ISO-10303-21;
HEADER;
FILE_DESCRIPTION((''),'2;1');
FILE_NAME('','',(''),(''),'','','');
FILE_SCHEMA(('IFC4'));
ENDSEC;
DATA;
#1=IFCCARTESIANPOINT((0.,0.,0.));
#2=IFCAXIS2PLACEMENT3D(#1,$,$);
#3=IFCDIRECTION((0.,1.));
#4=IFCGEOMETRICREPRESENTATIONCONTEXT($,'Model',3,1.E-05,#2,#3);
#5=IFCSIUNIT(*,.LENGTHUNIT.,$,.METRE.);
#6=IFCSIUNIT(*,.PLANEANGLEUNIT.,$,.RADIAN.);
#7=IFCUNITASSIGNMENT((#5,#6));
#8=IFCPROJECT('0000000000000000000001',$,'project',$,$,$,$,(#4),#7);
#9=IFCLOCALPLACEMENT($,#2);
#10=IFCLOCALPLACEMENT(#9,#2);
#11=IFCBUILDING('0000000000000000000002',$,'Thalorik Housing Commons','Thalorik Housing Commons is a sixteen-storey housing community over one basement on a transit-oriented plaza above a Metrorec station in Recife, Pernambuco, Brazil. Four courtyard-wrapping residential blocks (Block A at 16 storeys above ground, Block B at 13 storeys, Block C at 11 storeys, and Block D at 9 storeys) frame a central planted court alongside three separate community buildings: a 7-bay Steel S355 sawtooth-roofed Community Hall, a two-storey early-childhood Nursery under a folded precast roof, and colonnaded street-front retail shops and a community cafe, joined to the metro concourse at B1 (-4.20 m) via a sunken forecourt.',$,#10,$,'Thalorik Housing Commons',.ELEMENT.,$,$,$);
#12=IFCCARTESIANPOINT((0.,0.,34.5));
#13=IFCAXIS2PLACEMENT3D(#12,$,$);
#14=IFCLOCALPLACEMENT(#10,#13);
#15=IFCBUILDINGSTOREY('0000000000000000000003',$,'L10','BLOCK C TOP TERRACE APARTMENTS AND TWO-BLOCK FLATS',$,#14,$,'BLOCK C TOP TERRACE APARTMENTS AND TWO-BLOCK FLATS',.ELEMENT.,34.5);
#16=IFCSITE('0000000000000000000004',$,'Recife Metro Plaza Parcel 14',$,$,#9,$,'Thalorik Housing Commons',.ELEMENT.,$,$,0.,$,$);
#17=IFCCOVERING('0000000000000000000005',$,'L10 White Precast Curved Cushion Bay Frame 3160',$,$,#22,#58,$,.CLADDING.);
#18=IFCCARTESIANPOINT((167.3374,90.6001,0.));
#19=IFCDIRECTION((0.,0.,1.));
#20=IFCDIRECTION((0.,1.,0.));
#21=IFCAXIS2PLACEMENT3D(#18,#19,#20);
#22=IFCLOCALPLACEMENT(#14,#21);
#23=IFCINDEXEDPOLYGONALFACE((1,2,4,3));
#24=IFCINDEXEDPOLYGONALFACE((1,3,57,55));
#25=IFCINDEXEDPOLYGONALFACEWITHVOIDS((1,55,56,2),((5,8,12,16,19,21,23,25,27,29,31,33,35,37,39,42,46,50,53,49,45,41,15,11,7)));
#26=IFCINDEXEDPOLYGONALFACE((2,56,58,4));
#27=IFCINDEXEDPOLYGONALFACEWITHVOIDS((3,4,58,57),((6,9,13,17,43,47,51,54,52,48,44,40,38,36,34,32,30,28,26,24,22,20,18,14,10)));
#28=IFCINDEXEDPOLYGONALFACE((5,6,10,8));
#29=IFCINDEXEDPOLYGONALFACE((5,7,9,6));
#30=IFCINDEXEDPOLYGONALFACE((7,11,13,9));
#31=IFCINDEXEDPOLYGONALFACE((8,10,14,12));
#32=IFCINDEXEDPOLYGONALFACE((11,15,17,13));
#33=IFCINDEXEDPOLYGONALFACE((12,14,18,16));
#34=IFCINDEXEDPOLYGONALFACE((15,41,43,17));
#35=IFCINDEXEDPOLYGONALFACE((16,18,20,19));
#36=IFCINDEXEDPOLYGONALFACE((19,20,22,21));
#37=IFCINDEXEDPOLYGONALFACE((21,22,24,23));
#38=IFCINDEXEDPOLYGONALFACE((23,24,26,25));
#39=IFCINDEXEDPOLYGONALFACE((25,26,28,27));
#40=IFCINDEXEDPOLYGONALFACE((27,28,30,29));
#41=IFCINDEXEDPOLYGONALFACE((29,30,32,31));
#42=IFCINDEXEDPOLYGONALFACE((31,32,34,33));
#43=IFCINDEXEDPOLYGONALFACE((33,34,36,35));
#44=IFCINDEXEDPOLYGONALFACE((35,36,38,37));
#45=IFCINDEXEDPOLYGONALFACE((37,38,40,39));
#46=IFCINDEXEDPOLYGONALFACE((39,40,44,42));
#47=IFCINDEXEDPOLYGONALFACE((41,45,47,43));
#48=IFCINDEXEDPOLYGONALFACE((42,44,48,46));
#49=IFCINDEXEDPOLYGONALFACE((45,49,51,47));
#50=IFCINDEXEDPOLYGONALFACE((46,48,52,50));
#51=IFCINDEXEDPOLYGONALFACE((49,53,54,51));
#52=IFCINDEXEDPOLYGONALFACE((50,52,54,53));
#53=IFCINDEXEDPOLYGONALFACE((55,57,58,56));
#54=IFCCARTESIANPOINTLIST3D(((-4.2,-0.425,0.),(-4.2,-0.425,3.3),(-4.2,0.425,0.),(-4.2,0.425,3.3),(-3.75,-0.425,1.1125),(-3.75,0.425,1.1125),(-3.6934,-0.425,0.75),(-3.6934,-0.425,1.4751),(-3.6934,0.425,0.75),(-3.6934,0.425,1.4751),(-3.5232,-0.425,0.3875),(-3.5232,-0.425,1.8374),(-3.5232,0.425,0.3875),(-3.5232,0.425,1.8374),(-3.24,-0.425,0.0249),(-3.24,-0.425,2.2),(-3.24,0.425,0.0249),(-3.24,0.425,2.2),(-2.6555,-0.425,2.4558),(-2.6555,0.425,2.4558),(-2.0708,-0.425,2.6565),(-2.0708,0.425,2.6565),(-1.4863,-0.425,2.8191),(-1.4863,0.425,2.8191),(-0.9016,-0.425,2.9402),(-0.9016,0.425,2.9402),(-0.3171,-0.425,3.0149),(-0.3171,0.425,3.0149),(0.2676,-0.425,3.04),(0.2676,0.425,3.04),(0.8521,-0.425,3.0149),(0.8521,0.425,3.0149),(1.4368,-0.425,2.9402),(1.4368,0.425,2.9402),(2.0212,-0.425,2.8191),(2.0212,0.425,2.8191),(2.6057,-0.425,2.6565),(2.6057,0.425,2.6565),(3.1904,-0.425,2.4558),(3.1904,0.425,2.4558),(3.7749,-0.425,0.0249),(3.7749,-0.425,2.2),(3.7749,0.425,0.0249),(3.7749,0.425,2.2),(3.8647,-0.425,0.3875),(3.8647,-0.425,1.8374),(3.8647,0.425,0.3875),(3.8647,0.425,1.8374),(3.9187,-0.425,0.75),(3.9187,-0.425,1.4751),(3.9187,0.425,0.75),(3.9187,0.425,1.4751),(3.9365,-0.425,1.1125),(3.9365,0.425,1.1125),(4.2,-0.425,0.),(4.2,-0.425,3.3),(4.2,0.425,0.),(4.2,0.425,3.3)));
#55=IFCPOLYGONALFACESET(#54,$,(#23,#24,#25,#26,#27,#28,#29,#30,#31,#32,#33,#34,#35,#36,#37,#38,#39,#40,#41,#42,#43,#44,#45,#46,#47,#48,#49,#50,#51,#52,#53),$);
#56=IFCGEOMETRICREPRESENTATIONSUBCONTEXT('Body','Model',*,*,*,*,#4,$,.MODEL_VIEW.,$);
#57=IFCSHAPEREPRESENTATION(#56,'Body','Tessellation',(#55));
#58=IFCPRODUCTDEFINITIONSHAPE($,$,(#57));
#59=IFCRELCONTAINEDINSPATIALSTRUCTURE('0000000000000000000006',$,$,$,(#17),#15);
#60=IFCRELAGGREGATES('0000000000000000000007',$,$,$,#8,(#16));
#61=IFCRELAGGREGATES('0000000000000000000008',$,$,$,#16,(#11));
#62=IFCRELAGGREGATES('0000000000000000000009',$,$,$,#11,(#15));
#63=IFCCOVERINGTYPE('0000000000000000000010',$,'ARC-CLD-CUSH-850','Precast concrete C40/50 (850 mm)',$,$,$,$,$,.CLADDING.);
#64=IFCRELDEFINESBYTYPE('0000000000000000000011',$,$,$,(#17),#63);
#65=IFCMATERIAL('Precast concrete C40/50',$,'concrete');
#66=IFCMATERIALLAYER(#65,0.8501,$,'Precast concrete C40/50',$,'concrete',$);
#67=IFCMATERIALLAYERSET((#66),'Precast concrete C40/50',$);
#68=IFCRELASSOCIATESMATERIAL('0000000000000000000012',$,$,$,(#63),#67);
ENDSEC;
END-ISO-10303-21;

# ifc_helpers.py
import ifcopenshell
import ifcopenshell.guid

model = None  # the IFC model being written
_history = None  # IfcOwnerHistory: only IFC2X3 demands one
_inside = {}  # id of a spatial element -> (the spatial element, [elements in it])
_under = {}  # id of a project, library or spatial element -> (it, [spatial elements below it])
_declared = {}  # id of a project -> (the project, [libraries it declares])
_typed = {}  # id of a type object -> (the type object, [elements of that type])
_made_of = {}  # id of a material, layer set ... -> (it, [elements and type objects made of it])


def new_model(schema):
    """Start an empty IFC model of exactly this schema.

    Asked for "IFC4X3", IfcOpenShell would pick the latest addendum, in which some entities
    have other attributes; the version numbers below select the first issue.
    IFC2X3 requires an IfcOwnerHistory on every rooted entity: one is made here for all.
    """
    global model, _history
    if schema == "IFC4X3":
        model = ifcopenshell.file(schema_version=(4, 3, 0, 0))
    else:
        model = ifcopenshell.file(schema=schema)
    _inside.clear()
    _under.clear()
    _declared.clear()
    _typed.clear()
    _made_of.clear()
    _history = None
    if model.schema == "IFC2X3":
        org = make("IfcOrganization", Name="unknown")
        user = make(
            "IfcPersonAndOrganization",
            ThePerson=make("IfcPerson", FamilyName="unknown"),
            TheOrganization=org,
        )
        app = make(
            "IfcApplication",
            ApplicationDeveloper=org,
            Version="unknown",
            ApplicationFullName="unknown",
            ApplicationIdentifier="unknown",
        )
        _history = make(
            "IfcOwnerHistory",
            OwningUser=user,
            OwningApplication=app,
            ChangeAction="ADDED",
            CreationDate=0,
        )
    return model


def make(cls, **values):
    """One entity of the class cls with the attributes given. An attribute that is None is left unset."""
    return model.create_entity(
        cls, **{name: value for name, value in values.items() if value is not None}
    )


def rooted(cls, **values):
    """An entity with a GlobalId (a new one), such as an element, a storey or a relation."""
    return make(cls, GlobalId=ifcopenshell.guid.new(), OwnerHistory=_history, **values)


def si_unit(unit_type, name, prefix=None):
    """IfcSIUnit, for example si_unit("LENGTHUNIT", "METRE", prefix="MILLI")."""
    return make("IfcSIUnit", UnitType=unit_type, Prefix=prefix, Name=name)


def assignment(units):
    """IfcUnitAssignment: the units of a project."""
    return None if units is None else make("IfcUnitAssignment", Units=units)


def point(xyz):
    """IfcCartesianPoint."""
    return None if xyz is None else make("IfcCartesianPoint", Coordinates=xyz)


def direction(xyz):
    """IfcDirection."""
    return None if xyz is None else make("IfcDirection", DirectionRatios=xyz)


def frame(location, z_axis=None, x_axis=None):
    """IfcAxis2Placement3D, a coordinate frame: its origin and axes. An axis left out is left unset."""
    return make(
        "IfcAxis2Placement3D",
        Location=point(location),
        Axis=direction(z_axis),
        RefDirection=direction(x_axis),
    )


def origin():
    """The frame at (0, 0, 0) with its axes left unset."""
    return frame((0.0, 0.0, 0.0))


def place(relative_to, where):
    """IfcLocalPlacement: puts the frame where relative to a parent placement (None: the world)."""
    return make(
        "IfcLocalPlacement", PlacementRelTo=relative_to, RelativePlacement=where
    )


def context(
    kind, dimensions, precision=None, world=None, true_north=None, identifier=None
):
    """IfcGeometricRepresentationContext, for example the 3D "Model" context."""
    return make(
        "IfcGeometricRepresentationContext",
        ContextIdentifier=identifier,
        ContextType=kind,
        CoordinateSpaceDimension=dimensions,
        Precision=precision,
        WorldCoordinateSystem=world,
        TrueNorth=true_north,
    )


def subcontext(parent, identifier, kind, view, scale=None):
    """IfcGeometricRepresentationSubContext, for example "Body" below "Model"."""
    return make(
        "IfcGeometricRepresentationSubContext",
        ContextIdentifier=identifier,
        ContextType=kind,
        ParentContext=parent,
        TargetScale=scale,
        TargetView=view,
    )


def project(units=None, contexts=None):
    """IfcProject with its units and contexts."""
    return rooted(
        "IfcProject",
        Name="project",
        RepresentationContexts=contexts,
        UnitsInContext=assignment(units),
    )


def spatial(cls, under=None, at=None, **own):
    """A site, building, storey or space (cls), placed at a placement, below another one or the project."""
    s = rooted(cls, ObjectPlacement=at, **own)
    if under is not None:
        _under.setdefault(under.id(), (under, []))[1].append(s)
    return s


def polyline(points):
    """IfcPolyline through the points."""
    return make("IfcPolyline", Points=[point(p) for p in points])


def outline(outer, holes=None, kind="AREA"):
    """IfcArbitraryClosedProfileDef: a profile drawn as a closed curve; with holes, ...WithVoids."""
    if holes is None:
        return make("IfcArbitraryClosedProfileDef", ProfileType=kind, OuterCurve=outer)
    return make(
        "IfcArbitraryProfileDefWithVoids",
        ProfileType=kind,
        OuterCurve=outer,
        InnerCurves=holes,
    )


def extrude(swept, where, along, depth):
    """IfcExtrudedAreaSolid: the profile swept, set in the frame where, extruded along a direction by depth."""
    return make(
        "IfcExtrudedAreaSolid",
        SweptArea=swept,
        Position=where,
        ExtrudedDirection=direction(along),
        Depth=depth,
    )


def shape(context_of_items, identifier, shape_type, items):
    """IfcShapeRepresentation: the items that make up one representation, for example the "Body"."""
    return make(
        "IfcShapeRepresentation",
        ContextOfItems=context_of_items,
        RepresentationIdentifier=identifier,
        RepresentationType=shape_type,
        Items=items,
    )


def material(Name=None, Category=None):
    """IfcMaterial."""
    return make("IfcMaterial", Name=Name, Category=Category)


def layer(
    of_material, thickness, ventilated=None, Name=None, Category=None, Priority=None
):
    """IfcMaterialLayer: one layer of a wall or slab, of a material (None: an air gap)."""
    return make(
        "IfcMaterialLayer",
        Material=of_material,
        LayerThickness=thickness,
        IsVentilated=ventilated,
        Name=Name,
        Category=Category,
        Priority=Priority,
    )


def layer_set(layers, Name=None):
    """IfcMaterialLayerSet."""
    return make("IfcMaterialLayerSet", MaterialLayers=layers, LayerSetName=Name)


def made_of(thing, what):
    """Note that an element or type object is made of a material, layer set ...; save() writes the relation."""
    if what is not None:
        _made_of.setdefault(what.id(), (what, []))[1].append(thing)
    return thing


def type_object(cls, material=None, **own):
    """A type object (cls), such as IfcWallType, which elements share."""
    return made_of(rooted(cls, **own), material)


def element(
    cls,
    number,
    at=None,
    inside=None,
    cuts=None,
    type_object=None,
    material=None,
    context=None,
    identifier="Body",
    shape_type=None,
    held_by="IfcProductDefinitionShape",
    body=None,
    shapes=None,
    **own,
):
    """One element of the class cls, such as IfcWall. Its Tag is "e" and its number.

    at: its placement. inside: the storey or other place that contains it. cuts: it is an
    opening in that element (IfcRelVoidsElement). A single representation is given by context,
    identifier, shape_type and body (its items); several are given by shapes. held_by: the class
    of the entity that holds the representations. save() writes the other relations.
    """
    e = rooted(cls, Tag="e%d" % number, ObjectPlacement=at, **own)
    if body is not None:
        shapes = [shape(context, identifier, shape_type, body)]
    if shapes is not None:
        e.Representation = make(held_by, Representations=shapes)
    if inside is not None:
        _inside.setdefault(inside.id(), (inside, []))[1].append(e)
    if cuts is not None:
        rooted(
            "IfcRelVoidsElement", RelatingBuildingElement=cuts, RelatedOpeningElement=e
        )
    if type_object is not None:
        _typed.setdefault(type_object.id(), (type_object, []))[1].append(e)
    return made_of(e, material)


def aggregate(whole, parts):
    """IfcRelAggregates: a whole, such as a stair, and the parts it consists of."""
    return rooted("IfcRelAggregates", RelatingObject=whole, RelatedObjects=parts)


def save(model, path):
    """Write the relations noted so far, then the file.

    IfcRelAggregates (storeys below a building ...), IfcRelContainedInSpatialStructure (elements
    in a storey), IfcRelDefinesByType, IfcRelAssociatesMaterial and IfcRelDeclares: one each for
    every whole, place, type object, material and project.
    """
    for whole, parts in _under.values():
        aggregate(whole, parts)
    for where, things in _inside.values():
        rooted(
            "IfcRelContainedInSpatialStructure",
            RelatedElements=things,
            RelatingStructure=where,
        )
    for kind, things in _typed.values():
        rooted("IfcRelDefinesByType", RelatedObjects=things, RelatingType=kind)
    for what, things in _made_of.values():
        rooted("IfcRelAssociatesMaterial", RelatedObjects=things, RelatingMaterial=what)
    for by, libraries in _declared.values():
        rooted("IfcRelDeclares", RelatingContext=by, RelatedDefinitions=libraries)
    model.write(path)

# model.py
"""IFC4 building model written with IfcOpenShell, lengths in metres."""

from ifc_helpers import new_model, si_unit, direction, frame, origin, place, context, subcontext, project, spatial, polyline, outline, extrude, material, layer, layer_set, type_object, element, save


model = new_model("IFC4")

# Units and contexts
model_context = context("Model", 3, precision=1e-05, world=origin(), true_north=direction((0.0, 1.0)))
body_context = subcontext(model_context, "Body", "Model", "MODEL_VIEW")
ifc_project = project(units=[si_unit("LENGTHUNIT", "METRE"), si_unit("PLANEANGLEUNIT", "RADIAN")], contexts=[model_context])

# Site, building, storey
site_placement = place(None, origin())
site = spatial("IfcSite", under=ifc_project, at=site_placement, Name="Recife Metro Plaza Parcel 14", LongName="Thalorik Housing Commons", CompositionType="ELEMENT", RefElevation=0.0)
building_placement = place(site_placement, origin())
building = spatial("IfcBuilding", under=site, at=building_placement, Name="Thalorik Housing Commons", Description="Thalorik Housing Commons is a sixteen-storey housing community over one basement on a transit-oriented plaza above a Metrorec station in Recife, Pernambuco, Brazil. Four courtyard-wrapping residential blocks (Block A at 16 storeys above ground, Block B at 13 storeys, Block C at 11 storeys, and Block D at 9 storeys) frame a central planted court alongside three separate community buildings: a 7-bay Steel S355 sawtooth-roofed Community Hall, a two-storey early-childhood Nursery under a folded precast roof, and colonnaded street-front retail shops and a community cafe, joined to the metro concourse at B1 (-4.20 m) via a sunken forecourt.", LongName="Thalorik Housing Commons", CompositionType="ELEMENT")
storey_placement = place(building_placement, frame((0.0, 0.0, 34.5)))
storey = spatial("IfcBuildingStorey", under=building, at=storey_placement, Name="L10", Description="BLOCK C TOP TERRACE APARTMENTS AND TWO-BLOCK FLATS", LongName="BLOCK C TOP TERRACE APARTMENTS AND TWO-BLOCK FLATS", CompositionType="ELEMENT", Elevation=34.5)

# Shared definitions
ifc_material_1 = material(Name="Precast concrete C40/50", Category="concrete")

# Covering
ifc_layer_1 = layer(ifc_material_1, 0.8501, Name="Precast concrete C40/50", Category="concrete")
ifc_layer_set_1 = layer_set([ifc_layer_1], Name="Precast concrete C40/50")
covering_type_1 = type_object("IfcCoveringType", Name="ARC-CLD-CUSH-850", Description="Precast concrete C40/50 (850 mm)", PredefinedType="CLADDING", material=ifc_layer_set_1)
covering_1_placement = place(storey_placement, frame((167.3374, 90.6001, 0.0), z_axis=(0.0, 0.0, 1.0), x_axis=(0.0, 1.0, 0.0)))
element("IfcCovering", 1, at=covering_1_placement, inside=storey, type_object=covering_type_1, Name="L10 White Precast Curved Cushion Bay Frame 3160", PredefinedType="CLADDING", context=body_context, shape_type="SweptSolid", body=[
    extrude(outline(polyline([(-4.2, 0.0), (4.2, 0.0), (4.2, 3.3), (-4.2, 3.3), (-4.2, 0.0)]), holes=[polyline([(3.7749, 0.0249), (3.8647, 0.3875), (3.9187, 0.75), (3.9365, 1.1125), (3.9187, 1.4751), (3.8647, 1.8374), (3.7749, 2.2), (3.1904, 2.4558), (2.6057, 2.6565), (2.0212, 2.8191), (1.4368, 2.9402), (0.8521, 3.0149), (0.2676, 3.04), (-0.3171, 3.0149), (-0.9016, 2.9402), (-1.4863, 2.8191), (-2.0708, 2.6565), (-2.6555, 2.4558), (-3.24, 2.2), (-3.5232, 1.8374), (-3.6934, 1.4751), (-3.75, 1.1125), (-3.6934, 0.75), (-3.5232, 0.3875), (-3.24, 0.0249), (3.7749, 0.0249)])]), frame((0.0, 0.425, 0.0), z_axis=(0.0, -1.0, 0.0), x_axis=(1.0, 0.0, 0.0)), (0.0, 0.0, 1.0), 0.8501),
])

save(model, "model.ifc")
